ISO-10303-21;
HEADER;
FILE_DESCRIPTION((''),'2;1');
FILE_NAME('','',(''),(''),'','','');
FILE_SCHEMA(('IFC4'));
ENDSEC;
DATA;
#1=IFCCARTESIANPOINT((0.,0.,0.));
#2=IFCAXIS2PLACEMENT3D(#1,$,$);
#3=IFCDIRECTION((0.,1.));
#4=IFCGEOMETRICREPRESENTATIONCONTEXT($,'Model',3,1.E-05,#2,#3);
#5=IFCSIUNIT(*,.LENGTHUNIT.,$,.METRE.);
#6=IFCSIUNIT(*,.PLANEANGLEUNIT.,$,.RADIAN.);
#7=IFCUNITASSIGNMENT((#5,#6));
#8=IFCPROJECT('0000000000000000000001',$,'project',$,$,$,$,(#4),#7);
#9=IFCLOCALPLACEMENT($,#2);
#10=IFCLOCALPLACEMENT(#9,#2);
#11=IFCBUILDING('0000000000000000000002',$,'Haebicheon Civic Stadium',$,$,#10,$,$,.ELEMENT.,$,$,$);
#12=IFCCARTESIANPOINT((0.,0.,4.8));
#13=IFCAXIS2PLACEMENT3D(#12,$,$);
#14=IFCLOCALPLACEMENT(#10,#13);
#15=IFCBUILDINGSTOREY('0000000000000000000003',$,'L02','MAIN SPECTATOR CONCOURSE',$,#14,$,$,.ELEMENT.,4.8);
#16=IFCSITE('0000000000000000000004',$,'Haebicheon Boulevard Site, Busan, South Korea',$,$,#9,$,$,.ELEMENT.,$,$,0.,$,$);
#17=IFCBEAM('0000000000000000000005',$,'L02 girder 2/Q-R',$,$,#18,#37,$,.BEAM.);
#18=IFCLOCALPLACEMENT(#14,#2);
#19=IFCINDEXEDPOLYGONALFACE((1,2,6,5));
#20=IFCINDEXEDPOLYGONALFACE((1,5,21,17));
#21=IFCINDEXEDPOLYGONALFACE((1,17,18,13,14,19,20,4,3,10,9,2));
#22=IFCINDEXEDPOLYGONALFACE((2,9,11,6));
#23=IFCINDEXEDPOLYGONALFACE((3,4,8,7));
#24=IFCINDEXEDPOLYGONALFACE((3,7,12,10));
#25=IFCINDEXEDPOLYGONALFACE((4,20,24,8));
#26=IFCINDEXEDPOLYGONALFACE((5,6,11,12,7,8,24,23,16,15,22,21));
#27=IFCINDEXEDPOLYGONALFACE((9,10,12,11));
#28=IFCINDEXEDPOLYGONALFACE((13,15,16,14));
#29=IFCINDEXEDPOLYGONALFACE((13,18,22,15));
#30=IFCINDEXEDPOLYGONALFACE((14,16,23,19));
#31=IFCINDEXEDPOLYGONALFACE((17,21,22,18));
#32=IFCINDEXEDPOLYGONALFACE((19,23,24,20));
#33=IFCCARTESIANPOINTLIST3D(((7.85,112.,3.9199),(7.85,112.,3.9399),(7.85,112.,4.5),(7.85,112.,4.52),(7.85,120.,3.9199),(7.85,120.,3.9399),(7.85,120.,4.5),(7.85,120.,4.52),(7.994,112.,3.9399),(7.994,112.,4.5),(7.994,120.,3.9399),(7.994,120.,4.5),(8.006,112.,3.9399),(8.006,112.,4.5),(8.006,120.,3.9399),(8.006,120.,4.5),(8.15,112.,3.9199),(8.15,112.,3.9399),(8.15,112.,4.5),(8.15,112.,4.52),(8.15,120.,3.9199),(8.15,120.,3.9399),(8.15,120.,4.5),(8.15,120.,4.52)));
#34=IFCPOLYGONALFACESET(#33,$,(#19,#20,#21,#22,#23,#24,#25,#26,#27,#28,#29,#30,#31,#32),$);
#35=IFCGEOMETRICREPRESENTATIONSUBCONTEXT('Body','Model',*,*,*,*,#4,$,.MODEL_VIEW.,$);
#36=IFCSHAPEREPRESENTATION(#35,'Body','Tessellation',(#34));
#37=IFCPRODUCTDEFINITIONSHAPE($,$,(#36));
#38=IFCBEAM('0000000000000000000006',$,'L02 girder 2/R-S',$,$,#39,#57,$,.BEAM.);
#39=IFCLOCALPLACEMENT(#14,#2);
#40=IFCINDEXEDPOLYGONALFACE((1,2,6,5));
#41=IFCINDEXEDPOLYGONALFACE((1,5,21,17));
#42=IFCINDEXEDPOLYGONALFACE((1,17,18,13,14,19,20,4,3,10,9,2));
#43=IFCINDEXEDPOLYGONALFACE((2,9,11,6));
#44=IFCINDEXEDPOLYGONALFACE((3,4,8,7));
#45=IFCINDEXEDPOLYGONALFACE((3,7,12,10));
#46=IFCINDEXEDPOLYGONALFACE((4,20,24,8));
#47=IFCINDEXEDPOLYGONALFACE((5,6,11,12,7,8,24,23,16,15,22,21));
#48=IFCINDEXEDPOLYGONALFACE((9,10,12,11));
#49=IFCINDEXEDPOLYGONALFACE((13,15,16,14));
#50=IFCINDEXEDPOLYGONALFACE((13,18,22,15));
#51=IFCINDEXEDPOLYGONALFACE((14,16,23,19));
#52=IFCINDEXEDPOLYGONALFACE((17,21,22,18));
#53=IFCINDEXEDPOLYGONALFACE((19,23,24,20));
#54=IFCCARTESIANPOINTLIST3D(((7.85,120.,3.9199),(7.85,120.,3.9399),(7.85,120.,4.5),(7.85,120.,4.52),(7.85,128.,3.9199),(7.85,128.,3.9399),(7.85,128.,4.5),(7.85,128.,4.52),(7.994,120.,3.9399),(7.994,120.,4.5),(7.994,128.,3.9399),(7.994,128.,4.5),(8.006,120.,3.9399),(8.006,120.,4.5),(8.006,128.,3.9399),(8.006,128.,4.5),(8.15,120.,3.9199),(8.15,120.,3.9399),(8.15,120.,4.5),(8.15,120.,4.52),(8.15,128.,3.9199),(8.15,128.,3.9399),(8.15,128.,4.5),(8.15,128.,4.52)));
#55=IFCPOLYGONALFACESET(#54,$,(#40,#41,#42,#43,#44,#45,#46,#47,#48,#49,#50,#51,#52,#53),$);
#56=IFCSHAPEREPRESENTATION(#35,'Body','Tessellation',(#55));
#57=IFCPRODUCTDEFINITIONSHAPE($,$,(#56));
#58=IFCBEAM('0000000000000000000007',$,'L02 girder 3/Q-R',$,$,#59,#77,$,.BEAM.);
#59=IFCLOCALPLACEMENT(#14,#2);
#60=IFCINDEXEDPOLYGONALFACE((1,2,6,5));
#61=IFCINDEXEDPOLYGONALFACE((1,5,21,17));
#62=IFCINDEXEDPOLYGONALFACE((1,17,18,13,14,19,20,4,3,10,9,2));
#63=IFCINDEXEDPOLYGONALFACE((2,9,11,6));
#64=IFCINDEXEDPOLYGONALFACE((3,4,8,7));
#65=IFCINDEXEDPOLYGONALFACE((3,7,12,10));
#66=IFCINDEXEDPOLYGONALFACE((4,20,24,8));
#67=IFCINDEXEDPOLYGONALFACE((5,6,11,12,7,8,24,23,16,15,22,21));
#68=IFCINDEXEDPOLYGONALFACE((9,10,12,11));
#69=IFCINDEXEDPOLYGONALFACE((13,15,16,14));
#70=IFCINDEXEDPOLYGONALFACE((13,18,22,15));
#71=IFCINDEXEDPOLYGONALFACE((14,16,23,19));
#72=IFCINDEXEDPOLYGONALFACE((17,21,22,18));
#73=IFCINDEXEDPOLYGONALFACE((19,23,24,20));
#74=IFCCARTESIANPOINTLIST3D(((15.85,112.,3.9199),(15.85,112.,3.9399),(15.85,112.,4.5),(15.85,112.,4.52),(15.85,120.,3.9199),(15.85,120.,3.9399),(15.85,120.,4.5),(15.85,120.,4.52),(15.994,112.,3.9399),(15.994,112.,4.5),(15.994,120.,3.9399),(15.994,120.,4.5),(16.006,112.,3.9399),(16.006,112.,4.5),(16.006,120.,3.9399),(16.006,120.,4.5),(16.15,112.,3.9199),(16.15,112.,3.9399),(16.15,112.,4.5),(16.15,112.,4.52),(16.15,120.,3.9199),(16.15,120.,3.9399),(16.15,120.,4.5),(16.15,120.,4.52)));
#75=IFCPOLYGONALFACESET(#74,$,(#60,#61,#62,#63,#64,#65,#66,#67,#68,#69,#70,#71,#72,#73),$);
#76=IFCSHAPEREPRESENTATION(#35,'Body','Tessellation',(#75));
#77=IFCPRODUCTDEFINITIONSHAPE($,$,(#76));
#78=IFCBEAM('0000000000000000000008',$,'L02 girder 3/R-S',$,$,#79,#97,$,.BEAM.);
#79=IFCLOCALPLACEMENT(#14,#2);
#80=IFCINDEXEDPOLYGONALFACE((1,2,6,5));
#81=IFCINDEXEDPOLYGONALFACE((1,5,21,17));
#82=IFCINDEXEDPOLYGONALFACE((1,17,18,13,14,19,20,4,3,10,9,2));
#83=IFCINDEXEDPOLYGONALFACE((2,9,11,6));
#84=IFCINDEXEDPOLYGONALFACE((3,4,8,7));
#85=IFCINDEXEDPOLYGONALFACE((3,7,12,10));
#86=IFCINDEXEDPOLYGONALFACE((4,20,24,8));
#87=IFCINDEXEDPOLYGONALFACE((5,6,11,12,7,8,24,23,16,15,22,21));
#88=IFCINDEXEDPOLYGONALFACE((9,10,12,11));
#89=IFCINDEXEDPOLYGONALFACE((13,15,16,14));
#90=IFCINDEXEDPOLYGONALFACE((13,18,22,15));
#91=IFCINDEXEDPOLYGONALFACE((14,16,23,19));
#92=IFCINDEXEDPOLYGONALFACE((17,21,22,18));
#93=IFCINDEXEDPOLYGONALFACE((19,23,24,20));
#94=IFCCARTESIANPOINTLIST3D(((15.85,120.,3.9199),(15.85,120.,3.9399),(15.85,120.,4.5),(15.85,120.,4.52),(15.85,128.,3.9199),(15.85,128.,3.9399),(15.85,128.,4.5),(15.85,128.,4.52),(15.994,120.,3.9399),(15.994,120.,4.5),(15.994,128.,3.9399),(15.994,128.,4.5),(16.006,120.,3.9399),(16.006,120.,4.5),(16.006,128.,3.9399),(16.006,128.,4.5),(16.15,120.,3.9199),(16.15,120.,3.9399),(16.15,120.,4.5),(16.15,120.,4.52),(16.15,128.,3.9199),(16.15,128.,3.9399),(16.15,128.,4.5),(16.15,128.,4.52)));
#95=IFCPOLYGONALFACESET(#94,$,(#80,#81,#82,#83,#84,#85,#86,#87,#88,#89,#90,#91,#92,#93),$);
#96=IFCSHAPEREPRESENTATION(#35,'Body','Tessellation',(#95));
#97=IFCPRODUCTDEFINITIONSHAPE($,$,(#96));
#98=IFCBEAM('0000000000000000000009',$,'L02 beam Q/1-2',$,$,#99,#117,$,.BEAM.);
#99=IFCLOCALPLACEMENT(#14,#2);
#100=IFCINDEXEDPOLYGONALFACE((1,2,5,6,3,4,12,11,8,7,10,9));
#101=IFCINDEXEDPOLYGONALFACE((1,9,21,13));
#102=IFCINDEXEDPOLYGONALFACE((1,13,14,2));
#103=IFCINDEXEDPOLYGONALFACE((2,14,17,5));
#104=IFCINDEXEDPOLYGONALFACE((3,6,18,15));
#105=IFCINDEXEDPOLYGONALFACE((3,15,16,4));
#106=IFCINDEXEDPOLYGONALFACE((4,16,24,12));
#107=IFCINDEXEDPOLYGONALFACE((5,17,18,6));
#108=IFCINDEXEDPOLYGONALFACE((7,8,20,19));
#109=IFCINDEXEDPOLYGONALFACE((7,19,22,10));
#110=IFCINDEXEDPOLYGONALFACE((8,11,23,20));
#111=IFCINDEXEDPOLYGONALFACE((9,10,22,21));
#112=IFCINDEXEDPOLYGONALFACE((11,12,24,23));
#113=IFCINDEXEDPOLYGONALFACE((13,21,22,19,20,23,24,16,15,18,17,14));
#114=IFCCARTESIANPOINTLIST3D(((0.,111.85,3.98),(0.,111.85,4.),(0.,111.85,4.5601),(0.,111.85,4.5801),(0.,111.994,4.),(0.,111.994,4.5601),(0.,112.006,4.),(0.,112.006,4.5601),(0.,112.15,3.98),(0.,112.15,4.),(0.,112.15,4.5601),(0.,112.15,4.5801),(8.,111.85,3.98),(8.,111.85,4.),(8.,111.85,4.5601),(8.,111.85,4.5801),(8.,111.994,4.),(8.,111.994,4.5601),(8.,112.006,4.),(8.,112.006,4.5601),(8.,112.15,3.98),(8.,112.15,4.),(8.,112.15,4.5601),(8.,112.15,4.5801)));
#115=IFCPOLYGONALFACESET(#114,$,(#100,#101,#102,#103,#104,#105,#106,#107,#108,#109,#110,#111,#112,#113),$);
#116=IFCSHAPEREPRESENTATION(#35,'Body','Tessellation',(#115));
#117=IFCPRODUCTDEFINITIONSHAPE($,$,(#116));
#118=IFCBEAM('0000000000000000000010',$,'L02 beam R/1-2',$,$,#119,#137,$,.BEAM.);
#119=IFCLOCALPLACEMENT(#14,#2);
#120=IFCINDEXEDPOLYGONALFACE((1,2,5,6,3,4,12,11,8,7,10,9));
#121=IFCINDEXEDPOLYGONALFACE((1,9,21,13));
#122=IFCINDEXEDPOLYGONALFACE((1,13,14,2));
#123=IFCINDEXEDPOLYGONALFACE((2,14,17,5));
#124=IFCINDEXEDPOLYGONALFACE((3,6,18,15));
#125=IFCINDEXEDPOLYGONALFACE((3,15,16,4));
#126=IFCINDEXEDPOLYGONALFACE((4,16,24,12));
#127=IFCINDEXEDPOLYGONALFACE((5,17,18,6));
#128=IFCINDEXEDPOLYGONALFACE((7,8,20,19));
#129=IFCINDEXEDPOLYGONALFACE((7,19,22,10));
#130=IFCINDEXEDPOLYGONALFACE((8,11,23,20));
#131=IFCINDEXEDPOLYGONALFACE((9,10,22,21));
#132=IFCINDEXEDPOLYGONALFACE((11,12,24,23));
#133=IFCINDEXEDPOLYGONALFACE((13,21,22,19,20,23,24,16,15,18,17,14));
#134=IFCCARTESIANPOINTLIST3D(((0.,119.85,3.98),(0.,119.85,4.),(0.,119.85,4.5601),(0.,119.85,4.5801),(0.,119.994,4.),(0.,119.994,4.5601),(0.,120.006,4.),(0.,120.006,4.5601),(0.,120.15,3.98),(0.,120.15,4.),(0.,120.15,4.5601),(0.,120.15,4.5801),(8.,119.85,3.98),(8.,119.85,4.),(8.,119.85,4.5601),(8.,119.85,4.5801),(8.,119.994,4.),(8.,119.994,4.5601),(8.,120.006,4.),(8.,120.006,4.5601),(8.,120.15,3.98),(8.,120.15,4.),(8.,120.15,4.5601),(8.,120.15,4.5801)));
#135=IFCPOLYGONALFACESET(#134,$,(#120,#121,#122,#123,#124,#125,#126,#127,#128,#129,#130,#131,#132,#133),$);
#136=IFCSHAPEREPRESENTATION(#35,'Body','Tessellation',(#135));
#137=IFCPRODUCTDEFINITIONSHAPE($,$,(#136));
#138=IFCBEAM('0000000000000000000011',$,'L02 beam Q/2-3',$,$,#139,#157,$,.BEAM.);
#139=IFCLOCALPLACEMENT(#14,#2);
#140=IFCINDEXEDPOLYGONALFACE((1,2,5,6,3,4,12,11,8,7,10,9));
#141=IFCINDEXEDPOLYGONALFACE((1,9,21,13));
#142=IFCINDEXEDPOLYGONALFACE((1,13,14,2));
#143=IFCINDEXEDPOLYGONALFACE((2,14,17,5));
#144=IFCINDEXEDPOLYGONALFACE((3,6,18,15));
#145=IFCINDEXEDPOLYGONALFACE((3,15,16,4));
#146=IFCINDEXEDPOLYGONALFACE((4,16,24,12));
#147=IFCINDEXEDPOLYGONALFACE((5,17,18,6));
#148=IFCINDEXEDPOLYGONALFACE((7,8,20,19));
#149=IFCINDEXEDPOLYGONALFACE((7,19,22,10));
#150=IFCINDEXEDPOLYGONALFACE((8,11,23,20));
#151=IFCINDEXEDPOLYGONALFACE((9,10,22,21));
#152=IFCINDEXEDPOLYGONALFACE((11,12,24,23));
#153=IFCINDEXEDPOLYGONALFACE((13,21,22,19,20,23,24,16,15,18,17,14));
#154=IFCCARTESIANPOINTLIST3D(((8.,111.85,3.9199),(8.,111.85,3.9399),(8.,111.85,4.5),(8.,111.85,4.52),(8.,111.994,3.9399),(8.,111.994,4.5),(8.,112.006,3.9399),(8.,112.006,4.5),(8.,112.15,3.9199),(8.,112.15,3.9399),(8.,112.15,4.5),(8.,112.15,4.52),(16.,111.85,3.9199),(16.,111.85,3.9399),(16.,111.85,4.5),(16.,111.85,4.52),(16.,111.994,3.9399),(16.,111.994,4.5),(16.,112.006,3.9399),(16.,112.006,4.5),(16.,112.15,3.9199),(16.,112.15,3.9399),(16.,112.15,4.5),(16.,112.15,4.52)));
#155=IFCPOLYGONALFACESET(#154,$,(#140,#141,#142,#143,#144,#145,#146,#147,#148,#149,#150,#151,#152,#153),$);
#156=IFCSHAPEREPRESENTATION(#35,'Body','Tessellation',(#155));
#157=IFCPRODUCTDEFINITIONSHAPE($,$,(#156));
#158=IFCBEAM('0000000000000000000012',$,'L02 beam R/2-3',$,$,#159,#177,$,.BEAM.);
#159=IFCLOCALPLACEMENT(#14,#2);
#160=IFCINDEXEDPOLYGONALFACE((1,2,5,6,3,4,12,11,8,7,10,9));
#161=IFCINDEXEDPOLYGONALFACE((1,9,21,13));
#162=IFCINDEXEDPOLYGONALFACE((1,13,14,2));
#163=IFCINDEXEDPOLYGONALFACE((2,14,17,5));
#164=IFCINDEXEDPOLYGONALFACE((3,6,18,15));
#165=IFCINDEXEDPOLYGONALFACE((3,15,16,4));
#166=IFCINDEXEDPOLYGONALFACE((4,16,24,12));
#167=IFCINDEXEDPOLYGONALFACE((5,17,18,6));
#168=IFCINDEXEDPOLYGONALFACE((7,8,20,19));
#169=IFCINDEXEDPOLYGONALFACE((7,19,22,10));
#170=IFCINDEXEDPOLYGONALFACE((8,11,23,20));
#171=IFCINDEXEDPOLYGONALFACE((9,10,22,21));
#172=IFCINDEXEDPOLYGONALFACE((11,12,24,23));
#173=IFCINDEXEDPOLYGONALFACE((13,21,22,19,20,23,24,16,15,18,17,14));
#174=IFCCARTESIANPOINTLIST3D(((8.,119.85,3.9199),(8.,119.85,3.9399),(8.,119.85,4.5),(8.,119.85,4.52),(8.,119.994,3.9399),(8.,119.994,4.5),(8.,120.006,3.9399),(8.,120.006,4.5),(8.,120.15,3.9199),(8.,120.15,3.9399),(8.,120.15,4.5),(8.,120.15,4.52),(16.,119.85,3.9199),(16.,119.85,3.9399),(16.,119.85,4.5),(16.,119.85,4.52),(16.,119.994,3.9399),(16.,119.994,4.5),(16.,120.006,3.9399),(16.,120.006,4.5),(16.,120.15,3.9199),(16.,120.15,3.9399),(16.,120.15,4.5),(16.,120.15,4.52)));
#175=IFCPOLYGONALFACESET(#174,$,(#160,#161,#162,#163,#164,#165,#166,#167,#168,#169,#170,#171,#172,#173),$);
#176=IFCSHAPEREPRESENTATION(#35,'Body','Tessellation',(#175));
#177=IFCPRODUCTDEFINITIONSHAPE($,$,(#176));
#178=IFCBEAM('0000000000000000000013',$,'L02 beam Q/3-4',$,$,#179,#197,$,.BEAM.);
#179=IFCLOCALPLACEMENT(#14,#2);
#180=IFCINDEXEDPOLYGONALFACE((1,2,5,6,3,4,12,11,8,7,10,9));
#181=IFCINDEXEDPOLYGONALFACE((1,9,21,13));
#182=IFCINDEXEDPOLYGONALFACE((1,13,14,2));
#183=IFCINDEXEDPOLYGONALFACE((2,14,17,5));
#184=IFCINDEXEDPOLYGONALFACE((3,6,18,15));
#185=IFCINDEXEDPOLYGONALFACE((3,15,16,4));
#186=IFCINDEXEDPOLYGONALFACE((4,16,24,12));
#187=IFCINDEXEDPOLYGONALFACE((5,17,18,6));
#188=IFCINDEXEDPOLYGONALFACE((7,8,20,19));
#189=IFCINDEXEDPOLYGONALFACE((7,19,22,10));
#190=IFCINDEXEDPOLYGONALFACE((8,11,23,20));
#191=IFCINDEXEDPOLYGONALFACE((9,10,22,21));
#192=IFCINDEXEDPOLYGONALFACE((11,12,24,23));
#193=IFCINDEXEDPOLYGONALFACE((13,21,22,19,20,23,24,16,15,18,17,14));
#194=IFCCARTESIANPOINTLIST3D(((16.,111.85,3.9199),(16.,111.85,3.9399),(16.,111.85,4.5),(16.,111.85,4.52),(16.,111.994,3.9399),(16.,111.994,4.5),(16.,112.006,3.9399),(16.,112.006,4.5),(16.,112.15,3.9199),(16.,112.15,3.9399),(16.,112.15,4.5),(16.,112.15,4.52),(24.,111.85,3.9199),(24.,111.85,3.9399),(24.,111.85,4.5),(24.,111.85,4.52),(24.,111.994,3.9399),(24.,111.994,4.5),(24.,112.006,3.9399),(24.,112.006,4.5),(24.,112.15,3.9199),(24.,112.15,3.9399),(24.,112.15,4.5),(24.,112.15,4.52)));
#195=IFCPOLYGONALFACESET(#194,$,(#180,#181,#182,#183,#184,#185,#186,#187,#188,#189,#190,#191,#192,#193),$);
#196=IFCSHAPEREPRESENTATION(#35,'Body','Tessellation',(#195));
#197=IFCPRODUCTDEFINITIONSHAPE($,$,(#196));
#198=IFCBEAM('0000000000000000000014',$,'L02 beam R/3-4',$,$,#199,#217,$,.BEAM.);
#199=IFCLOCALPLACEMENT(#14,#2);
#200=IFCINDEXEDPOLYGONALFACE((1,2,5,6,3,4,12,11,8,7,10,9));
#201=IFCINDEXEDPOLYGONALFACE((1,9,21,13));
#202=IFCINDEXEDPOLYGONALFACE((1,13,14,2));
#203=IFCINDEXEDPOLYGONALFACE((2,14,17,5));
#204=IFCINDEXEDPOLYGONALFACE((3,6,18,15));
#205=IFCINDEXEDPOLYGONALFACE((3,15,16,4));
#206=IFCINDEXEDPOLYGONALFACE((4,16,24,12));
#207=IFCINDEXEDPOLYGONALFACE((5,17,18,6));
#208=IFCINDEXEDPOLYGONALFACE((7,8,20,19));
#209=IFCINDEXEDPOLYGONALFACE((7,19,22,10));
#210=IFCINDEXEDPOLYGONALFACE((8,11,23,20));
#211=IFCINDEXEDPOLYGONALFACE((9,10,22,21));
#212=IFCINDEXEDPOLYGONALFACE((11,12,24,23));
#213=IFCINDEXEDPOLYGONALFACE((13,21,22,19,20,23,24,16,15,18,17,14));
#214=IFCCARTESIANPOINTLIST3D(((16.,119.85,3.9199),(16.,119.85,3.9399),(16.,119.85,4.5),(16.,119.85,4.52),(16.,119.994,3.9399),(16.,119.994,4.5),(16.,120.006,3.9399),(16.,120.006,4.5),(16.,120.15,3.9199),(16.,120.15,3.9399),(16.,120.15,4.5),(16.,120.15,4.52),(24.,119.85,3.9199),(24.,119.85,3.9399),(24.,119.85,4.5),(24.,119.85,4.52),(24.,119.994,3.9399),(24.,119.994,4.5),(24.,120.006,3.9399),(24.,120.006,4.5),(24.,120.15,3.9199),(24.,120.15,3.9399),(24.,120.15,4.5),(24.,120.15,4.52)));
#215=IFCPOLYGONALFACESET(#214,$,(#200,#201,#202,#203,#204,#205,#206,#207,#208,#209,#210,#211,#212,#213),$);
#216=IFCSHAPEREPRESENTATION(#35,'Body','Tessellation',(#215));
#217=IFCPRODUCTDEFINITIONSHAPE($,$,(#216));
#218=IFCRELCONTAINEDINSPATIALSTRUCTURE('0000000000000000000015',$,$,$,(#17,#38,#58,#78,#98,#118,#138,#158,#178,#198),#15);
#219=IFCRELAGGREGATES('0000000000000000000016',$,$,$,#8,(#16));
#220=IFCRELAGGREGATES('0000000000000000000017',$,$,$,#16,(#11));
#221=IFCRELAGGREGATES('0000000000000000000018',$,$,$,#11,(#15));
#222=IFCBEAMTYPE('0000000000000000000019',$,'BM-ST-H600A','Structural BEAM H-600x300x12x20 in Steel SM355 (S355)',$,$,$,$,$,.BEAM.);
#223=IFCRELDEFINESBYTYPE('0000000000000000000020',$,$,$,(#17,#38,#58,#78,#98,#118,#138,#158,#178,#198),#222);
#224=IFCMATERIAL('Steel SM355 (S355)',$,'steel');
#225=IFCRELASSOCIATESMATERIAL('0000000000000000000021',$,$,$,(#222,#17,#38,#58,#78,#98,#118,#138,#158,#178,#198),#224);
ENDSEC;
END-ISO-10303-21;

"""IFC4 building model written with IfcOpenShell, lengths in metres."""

from ifc_helpers import new_model, si_unit, direction, frame, origin, origin_2d, place, context, subcontext, project, spatial, i_section, extrude, material, material_profile, profile_set, type_object, element, save


model = new_model("IFC4")

# Units and contexts
model_context = context("Model", 3, precision=1e-05, world=origin(), true_north=direction((0.0, 1.0)))
body_context = subcontext(model_context, "Body", "Model", "MODEL_VIEW")
ifc_project = project(units=[si_unit("LENGTHUNIT", "METRE"), si_unit("PLANEANGLEUNIT", "RADIAN")], contexts=[model_context])

# Site, building, storey
site_placement = place(None, origin())
site = spatial("IfcSite", under=ifc_project, at=site_placement, Name="Haebicheon Boulevard Site, Busan, South Korea", CompositionType="ELEMENT", RefElevation=0.0)
building_placement = place(site_placement, origin())
building = spatial("IfcBuilding", under=site, at=building_placement, Name="Haebicheon Civic Stadium", CompositionType="ELEMENT")
storey_placement = place(building_placement, frame((0.0, 0.0, 4.8)))
storey = spatial("IfcBuildingStorey", under=building, at=storey_placement, Name="L02", Description="MAIN SPECTATOR CONCOURSE", CompositionType="ELEMENT", Elevation=4.8)

# Beams
ifc_material_1 = material(Name="Steel SM355 (S355)", Category="steel")
ifc_material_profile_1 = material_profile(ifc_material_1, i_section(OverallWidth=0.3, OverallDepth=0.6001, WebThickness=0.012, FlangeThickness=0.02, at=origin_2d()), Name="H-600x300x12x20")
ifc_profile_set_1 = profile_set([ifc_material_profile_1], Name="Steel SM355 (S355)")
beam_type_1 = type_object("IfcBeamType", Name="BM-ST-H600A", Description="Structural BEAM H-600x300x12x20 in Steel SM355 (S355)", PredefinedType="BEAM", material=ifc_profile_set_1)
for number, where, z_axis, x_axis, name in (
    (1, (8.0, 112.0, 4.22), (0.0, 1.0, 0.0), (-1.0, 0.0, 0.0), "L02 girder 2/Q-R"),
    (2, (8.0, 120.0, 4.22), (0.0, 1.0, 0.0), (-1.0, 0.0, 0.0), "L02 girder 2/R-S"),
    (3, (16.0, 112.0, 4.22), (0.0, 1.0, 0.0), (-1.0, 0.0, 0.0), "L02 girder 3/Q-R"),
    (4, (16.0, 120.0, 4.22), (0.0, 1.0, 0.0), (-1.0, 0.0, 0.0), "L02 girder 3/R-S"),
    (5, (0.0, 112.0, 4.28), (1.0, 0.0, 0.0), (0.0, 1.0, 0.0), "L02 beam Q/1-2"),
    (6, (0.0, 120.0, 4.28), (1.0, 0.0, 0.0), (0.0, 1.0, 0.0), "L02 beam R/1-2"),
    (7, (8.0, 112.0, 4.22), (1.0, 0.0, 0.0), (0.0, 1.0, 0.0), "L02 beam Q/2-3"),
    (8, (8.0, 120.0, 4.22), (1.0, 0.0, 0.0), (0.0, 1.0, 0.0), "L02 beam R/2-3"),
    (9, (16.0, 112.0, 4.22), (1.0, 0.0, 0.0), (0.0, 1.0, 0.0), "L02 beam Q/3-4"),
    (10, (16.0, 120.0, 4.22), (1.0, 0.0, 0.0), (0.0, 1.0, 0.0), "L02 beam R/3-4"),
):
    element("IfcBeam", number, at=place(storey_placement, frame(where, z_axis=z_axis, x_axis=x_axis)), inside=storey, type_object=beam_type_1, material=ifc_profile_set_1, Name=name, PredefinedType="BEAM", context=body_context, shape_type="SweptSolid", body=[
        extrude(i_section(OverallWidth=0.3, OverallDepth=0.6001, WebThickness=0.012, FlangeThickness=0.02, at=origin_2d()), origin(), (0.0, 0.0, 1.0), 8.0),
    ])

save(model, "model.ifc")
